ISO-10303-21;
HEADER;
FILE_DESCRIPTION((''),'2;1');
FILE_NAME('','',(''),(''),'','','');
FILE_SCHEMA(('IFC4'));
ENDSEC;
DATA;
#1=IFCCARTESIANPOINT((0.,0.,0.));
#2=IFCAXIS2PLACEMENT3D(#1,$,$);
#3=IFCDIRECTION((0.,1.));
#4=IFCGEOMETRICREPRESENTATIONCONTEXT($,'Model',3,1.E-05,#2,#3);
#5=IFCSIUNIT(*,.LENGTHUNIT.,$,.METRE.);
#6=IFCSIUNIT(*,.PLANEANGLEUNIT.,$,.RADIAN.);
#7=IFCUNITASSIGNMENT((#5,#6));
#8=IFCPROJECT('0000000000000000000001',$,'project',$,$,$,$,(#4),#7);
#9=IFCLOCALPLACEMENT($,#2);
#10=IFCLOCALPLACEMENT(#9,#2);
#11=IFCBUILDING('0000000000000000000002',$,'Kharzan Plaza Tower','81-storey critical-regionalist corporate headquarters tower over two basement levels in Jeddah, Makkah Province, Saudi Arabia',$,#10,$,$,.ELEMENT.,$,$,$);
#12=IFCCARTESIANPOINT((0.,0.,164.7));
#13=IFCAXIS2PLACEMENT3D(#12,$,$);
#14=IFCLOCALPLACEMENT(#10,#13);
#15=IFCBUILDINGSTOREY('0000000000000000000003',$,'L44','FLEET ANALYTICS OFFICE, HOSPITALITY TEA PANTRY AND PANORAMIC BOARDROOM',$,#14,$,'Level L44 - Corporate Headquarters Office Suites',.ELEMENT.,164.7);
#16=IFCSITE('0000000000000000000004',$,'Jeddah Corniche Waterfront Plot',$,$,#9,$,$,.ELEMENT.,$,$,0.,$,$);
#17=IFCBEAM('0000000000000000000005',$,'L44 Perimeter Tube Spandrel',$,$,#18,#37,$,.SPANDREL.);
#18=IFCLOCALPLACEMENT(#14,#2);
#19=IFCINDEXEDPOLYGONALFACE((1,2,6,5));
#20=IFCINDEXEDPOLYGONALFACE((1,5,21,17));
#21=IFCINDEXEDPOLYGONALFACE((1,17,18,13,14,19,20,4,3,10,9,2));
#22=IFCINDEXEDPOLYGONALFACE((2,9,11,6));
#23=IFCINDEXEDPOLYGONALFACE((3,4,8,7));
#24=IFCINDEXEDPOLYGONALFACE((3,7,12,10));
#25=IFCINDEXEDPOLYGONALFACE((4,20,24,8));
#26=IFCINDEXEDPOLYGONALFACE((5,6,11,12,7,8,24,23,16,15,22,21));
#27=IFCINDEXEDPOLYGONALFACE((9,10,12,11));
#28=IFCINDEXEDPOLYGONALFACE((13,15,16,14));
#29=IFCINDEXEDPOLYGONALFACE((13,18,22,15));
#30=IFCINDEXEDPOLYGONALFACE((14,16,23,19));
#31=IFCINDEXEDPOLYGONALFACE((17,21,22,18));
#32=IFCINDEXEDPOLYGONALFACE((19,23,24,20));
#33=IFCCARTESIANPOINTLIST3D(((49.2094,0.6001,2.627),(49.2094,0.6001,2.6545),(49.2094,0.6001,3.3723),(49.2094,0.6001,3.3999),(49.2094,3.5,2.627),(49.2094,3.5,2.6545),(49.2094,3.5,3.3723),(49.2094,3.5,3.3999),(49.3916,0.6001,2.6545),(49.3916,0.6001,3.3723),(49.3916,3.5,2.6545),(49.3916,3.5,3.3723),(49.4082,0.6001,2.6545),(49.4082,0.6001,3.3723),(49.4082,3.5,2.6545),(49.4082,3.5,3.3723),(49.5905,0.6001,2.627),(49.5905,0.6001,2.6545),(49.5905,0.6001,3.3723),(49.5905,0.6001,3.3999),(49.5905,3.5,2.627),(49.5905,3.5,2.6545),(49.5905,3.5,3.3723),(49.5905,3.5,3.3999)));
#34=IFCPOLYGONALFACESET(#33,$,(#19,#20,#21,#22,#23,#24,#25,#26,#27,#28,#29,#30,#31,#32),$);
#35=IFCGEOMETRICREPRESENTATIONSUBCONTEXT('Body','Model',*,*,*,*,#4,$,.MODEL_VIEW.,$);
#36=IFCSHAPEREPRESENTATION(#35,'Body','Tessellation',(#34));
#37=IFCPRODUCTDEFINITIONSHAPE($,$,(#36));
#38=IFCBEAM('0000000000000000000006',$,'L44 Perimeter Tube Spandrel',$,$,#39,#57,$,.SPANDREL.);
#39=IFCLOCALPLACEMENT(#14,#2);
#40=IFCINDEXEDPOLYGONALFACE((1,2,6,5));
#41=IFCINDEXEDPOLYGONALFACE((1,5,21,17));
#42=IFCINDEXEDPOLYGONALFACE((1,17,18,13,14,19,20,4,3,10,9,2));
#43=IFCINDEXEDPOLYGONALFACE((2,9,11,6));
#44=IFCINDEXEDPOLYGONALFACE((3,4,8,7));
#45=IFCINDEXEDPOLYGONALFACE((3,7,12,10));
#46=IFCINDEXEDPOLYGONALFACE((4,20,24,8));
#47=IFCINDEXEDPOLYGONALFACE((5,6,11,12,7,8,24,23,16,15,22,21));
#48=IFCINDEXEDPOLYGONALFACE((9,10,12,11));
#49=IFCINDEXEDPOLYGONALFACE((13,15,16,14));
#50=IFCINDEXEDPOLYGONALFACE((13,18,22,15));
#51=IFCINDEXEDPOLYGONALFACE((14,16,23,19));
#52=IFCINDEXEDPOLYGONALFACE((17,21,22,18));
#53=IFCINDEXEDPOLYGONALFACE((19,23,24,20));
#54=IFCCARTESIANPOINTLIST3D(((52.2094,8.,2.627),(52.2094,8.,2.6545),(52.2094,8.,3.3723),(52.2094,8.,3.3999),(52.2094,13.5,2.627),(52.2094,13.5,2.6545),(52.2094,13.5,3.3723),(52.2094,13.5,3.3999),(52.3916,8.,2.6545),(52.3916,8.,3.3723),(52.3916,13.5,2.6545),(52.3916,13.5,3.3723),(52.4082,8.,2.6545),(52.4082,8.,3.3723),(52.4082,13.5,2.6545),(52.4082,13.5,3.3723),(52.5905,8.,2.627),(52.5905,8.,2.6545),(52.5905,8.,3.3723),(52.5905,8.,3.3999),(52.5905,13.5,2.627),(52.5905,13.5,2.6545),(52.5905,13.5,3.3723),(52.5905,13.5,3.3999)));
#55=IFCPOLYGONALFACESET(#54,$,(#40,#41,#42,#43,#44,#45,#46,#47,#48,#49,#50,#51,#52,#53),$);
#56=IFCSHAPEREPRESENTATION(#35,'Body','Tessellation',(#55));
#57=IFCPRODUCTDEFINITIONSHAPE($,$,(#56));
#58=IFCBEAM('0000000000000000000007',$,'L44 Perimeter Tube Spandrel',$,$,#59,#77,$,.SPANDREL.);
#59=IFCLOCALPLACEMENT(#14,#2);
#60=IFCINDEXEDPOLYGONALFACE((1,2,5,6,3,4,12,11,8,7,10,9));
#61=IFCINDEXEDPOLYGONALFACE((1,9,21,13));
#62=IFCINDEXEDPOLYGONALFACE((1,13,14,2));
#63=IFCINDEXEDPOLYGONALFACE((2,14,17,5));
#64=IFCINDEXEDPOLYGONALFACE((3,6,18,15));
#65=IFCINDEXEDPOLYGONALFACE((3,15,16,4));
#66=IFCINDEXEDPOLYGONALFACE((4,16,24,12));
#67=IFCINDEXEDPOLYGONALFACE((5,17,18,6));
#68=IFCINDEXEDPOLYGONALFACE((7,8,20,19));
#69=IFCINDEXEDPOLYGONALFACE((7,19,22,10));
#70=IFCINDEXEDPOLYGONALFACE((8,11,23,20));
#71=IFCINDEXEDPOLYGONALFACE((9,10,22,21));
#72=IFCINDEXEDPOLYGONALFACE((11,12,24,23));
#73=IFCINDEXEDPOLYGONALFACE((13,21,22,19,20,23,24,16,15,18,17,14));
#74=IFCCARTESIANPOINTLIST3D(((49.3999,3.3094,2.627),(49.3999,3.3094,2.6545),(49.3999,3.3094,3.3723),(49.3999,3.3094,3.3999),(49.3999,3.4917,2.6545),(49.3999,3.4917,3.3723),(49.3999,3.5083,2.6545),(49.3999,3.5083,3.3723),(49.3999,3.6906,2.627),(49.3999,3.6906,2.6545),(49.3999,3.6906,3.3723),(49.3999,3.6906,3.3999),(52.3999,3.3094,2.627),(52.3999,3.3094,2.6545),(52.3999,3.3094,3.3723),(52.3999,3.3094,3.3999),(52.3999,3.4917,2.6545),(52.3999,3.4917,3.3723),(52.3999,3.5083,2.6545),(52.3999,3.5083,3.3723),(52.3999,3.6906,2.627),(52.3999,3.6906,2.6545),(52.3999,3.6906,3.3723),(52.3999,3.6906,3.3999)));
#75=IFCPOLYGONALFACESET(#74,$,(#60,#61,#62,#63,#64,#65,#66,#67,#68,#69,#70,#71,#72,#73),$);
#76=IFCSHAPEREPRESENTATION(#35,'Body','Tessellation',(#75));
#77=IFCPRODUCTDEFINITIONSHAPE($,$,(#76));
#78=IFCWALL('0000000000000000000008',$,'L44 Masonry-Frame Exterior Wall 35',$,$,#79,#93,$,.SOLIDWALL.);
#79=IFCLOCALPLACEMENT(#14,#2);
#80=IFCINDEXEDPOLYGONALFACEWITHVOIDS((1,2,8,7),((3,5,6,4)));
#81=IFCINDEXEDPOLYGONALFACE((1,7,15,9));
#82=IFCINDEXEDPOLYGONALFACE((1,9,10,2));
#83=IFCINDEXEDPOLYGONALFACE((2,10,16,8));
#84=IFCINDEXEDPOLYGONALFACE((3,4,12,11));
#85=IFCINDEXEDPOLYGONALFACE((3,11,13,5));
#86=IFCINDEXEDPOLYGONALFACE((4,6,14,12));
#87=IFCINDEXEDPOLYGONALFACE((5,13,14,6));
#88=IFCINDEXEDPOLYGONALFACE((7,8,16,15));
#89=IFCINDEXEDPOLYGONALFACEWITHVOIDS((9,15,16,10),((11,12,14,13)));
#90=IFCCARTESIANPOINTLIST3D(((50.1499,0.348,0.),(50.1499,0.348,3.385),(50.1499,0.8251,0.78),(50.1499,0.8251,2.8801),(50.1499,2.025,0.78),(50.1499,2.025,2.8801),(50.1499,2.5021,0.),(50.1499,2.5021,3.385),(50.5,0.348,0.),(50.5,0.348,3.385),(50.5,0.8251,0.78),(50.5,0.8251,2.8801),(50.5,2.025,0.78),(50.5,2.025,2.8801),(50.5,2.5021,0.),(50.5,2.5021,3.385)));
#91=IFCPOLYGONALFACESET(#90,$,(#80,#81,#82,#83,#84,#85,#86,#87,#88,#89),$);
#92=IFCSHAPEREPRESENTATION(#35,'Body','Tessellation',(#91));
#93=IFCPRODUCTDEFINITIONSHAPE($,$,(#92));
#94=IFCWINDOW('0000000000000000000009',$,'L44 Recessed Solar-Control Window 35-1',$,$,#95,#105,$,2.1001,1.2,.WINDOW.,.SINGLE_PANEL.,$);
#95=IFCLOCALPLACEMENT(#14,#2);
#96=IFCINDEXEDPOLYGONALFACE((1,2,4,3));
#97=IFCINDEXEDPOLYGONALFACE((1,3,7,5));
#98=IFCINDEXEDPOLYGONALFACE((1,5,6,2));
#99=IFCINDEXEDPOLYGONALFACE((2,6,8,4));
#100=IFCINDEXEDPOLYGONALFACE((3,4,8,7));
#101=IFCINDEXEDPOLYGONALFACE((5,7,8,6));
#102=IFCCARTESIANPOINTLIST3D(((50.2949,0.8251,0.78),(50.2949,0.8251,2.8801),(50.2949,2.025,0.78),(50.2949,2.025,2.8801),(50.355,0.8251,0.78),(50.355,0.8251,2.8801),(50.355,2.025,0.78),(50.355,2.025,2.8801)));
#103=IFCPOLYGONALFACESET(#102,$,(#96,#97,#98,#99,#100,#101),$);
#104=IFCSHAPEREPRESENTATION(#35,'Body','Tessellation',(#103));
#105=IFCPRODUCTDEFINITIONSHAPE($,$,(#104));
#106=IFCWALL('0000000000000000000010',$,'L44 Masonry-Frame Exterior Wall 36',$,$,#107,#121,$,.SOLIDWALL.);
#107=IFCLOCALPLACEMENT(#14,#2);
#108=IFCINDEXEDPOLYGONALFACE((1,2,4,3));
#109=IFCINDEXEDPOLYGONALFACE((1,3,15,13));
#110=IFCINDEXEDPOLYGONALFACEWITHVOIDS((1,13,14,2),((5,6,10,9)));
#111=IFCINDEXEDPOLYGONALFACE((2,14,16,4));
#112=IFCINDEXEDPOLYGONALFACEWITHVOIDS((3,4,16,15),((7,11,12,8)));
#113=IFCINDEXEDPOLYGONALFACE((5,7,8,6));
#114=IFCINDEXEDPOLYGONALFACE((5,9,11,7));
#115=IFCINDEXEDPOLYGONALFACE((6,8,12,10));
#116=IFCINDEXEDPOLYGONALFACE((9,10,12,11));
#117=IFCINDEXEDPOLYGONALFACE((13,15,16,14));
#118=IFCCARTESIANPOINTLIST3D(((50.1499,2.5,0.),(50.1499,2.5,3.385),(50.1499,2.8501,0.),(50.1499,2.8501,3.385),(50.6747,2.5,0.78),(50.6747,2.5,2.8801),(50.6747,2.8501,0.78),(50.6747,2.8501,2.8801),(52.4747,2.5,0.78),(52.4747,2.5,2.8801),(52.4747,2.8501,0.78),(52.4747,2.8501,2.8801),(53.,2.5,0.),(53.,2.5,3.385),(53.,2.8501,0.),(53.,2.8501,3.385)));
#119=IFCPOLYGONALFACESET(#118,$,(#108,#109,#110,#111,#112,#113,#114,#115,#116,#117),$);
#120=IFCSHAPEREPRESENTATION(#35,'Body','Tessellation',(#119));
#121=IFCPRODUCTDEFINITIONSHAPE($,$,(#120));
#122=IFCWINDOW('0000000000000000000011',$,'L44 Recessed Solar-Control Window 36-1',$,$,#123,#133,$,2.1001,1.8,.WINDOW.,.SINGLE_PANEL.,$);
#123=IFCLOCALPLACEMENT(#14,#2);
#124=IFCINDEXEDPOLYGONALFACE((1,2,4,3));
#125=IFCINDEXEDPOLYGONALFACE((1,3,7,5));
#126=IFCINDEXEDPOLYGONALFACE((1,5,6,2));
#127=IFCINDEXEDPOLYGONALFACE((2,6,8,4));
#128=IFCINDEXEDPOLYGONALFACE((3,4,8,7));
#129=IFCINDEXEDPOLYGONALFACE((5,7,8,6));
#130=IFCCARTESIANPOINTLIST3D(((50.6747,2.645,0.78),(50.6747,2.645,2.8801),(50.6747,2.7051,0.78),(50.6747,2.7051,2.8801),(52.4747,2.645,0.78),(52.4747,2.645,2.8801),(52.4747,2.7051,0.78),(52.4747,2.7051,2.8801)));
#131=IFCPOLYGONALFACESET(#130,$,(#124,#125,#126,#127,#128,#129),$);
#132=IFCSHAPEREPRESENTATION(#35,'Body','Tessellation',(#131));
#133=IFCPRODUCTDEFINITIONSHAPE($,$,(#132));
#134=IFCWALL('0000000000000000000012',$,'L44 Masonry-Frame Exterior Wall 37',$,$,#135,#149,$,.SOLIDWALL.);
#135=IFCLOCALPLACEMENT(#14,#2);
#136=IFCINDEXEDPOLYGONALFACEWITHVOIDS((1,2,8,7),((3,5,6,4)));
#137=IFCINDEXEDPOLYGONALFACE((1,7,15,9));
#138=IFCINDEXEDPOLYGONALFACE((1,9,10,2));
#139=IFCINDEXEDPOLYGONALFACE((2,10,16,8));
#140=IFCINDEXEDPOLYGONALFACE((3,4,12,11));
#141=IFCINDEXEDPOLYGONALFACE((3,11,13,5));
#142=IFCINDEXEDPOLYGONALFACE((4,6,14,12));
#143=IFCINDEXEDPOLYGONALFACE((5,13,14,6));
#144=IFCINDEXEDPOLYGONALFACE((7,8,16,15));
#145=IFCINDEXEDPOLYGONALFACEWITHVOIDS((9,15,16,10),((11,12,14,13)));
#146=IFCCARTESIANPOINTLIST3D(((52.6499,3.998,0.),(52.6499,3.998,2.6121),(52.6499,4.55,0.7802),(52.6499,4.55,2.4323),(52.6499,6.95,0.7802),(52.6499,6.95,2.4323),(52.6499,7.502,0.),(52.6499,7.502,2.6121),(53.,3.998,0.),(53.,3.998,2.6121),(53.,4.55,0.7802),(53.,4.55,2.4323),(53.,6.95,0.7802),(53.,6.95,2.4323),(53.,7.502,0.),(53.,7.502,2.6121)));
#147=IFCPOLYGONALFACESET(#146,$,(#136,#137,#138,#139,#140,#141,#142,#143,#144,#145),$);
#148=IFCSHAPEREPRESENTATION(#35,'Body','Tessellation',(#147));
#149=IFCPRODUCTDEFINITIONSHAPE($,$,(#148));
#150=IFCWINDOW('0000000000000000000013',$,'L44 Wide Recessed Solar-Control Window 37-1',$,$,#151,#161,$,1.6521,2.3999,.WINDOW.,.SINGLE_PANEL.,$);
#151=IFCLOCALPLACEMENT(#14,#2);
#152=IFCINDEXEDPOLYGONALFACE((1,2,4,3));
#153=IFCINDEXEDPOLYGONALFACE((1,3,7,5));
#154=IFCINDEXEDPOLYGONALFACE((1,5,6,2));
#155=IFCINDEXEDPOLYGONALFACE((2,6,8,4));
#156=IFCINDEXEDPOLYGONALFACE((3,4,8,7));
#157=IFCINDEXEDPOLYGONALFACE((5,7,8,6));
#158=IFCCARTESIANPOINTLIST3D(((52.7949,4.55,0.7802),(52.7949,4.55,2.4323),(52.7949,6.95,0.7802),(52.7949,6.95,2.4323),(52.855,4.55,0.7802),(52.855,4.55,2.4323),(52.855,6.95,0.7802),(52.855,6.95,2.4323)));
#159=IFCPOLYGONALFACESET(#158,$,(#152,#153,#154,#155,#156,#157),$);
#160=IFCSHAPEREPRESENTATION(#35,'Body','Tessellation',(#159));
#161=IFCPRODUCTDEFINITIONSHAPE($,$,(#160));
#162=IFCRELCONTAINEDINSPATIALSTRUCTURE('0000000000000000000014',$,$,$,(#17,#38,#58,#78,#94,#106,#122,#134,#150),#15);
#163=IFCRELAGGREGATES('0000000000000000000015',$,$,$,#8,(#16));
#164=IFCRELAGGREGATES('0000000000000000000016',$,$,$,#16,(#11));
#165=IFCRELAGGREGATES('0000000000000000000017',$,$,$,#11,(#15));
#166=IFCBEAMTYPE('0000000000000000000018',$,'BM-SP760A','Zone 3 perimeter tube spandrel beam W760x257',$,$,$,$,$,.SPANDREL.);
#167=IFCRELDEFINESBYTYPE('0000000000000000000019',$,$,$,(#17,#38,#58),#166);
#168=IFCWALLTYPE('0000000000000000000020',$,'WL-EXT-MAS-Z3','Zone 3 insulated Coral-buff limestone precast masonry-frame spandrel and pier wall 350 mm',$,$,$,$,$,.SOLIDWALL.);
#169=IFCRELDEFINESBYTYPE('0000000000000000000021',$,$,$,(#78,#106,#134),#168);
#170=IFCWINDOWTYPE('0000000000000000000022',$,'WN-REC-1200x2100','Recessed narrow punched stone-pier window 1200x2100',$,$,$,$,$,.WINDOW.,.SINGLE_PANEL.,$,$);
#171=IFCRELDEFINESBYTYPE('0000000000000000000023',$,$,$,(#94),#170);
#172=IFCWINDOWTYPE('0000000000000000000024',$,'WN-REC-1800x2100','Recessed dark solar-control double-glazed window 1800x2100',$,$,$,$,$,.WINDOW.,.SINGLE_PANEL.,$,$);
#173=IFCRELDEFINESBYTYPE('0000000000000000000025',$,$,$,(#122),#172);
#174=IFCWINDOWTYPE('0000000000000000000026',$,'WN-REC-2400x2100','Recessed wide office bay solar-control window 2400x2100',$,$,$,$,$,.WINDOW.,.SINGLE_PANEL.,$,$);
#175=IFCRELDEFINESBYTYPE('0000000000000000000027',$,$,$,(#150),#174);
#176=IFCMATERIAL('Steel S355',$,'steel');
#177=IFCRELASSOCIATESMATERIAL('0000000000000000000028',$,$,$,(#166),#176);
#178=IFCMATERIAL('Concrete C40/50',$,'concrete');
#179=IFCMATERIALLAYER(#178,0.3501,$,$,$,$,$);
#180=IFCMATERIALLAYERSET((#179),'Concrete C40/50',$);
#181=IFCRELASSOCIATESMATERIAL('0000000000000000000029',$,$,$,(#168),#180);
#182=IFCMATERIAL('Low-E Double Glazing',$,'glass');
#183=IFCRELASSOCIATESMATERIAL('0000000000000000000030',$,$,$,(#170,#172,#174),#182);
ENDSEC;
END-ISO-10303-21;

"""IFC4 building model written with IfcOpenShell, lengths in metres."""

from ifc_helpers import new_model, si_unit, direction, frame, frame_2d, origin, origin_2d, place, context, subcontext, project, spatial, rectangle, i_section, extrude, source, transform, mapped, material, layer, layer_set, material_profile, profile_set, type_object, element, fill, save


model = new_model("IFC4")

# Units and contexts
model_context = context("Model", 3, precision=1e-05, world=origin(), true_north=direction((0.0, 1.0)))
body_context = subcontext(model_context, "Body", "Model", "MODEL_VIEW")
ifc_project = project(units=[si_unit("LENGTHUNIT", "METRE"), si_unit("PLANEANGLEUNIT", "RADIAN")], contexts=[model_context])

# Site, building, storey
site_placement = place(None, origin())
site = spatial("IfcSite", under=ifc_project, at=site_placement, Name="Jeddah Corniche Waterfront Plot", CompositionType="ELEMENT", RefElevation=0.0)
building_placement = place(site_placement, origin())
building = spatial("IfcBuilding", under=site, at=building_placement, Name="Kharzan Plaza Tower", Description="81-storey critical-regionalist corporate headquarters tower over two basement levels in Jeddah, Makkah Province, Saudi Arabia", CompositionType="ELEMENT")
storey_placement = place(building_placement, frame((0.0, 0.0, 164.7)))
storey = spatial("IfcBuildingStorey", under=building, at=storey_placement, Name="L44", Description="FLEET ANALYTICS OFFICE, HOSPITALITY TEA PANTRY AND PANORAMIC BOARDROOM", LongName="Level L44 - Corporate Headquarters Office Suites", CompositionType="ELEMENT", Elevation=164.7)

# Beams
ifc_material_1 = material(Name="Steel S355", Category="steel")
ifc_material_profile_1 = material_profile(ifc_material_1, i_section(OverallWidth=0.3811, OverallDepth=0.7729, WebThickness=0.0166, FlangeThickness=0.0276, at=origin_2d()), Name="W760x257")
ifc_profile_set_1 = profile_set([ifc_material_profile_1], Name="Steel S355")
beam_type_1 = type_object("IfcBeamType", Name="BM-SP760A", Description="Zone 3 perimeter tube spandrel beam W760x257", PredefinedType="SPANDREL", material=ifc_profile_set_1)
shared_shape_1 = source(origin(), body_context, "Body", "SweptSolid", [
    extrude(i_section(OverallWidth=0.3811, OverallDepth=0.7729, WebThickness=0.0166, FlangeThickness=0.0276, at=origin_2d()), origin(), (0.0, 0.0, 1.0), 2.8999),
])
beam_1_placement = place(storey_placement, frame((49.3999, 0.6001, 3.0134), z_axis=(0.0, 1.0, 0.0), x_axis=(-1.0, 0.0, 0.0)))
element("IfcBeam", 1, at=beam_1_placement, inside=storey, type_object=beam_type_1, Name="L44 Perimeter Tube Spandrel", PredefinedType="SPANDREL", context=body_context, shape_type="MappedRepresentation", body=[
    mapped(shared_shape_1, transform((0.0, 0.0, 0.0), x_axis=(1.0, 0.0, 0.0), y_axis=(0.0, 1.0, 0.0), z_axis=(0.0, 0.0, 1.0))),
])
shared_shape_2 = source(origin(), body_context, "Body", "SweptSolid", [
    extrude(i_section(OverallWidth=0.3811, OverallDepth=0.7729, WebThickness=0.0166, FlangeThickness=0.0276, at=origin_2d()), origin(), (0.0, 0.0, 1.0), 5.5),
])
beam_2_placement = place(storey_placement, frame((52.3999, 8.0, 3.0134), z_axis=(0.0, 1.0, 0.0), x_axis=(-1.0, 0.0, 0.0)))
element("IfcBeam", 2, at=beam_2_placement, inside=storey, type_object=beam_type_1, Name="L44 Perimeter Tube Spandrel", PredefinedType="SPANDREL", context=body_context, shape_type="MappedRepresentation", body=[
    mapped(shared_shape_2, transform((0.0, 0.0, 0.0), x_axis=(1.0, 0.0, 0.0), y_axis=(0.0, 1.0, 0.0), z_axis=(0.0, 0.0, 1.0))),
])
shared_shape_3 = source(origin(), body_context, "Body", "SweptSolid", [
    extrude(i_section(OverallWidth=0.3811, OverallDepth=0.7729, WebThickness=0.0166, FlangeThickness=0.0276, at=origin_2d()), origin(), (0.0, 0.0, 1.0), 3.0),
])
beam_3_placement = place(storey_placement, frame((49.3999, 3.5, 3.0134), z_axis=(1.0, 0.0, 0.0), x_axis=(0.0, 1.0, 0.0)))
element("IfcBeam", 3, at=beam_3_placement, inside=storey, type_object=beam_type_1, Name="L44 Perimeter Tube Spandrel", PredefinedType="SPANDREL", context=body_context, shape_type="MappedRepresentation", body=[
    mapped(shared_shape_3, transform((0.0, 0.0, 0.0), x_axis=(1.0, 0.0, 0.0), y_axis=(0.0, 1.0, 0.0), z_axis=(0.0, 0.0, 1.0))),
])

# Walls, openings, windows
ifc_material_2 = material(Name="Concrete C40/50", Category="concrete")
ifc_layer_1 = layer(ifc_material_2, 0.3501)
ifc_layer_set_1 = layer_set([ifc_layer_1], Name="Concrete C40/50")
wall_type_1 = type_object("IfcWallType", Name="WL-EXT-MAS-Z3", Description="Zone 3 insulated Coral-buff limestone precast masonry-frame spandrel and pier wall 350 mm", PredefinedType="SOLIDWALL", material=ifc_layer_set_1)
wall_1_placement = place(storey_placement, frame((50.325, 0.3479, 0.0), z_axis=(0.0, 0.0, 1.0), x_axis=(0.0, 1.0, 0.0)))
wall_1 = element("IfcWall", 4, at=wall_1_placement, inside=storey, type_object=wall_type_1, Name="L44 Masonry-Frame Exterior Wall 35", PredefinedType="SOLIDWALL", context=body_context, shape_type="SweptSolid", body=[
    extrude(rectangle(XDim=2.1541, YDim=0.3501, at=frame_2d((1.0771, 0.0))), origin(), (0.0, 0.0, 1.0), 3.385),
])
opening_1_placement = place(wall_1_placement, frame((0.4771, 0.0, 0.78)))
opening_1 = element("IfcOpeningElement", 5, at=opening_1_placement, cuts=wall_1, PredefinedType="OPENING", context=body_context, shape_type="SweptSolid", body=[
    extrude(rectangle(XDim=1.2, YDim=2.1001, at=frame_2d((0.6001, 1.05))), frame((0.0, 0.1851, 0.0), z_axis=(0.0, -1.0, 0.0), x_axis=(1.0, 0.0, 0.0)), (0.0, 0.0, 1.0), 0.3701),
])
ifc_material_3 = material(Name="Low-E Double Glazing", Category="glass")
window_type_1 = type_object("IfcWindowType", Name="WN-REC-1200x2100", Description="Recessed narrow punched stone-pier window 1200x2100", PartitioningType="SINGLE_PANEL", PredefinedType="WINDOW", material=ifc_material_3)
shared_shape_4 = source(origin(), body_context, "Body", "SweptSolid", [
    extrude(rectangle(XDim=1.2, YDim=2.1001, at=frame_2d((0.6001, 1.05))), frame((0.0, 0.03, 0.0), z_axis=(0.0, -1.0, 0.0), x_axis=(1.0, 0.0, 0.0)), (0.0, 0.0, 1.0), 0.0601),
])
window_1_placement = place(opening_1_placement, origin())
window_1 = element("IfcWindow", 6, at=window_1_placement, inside=storey, type_object=window_type_1, Name="L44 Recessed Solar-Control Window 35-1", OverallHeight=2.1001, OverallWidth=1.2, PartitioningType="SINGLE_PANEL", PredefinedType="WINDOW", context=body_context, shape_type="MappedRepresentation", body=[
    mapped(shared_shape_4, transform((0.0, 0.0, 0.0), x_axis=(1.0, 0.0, 0.0), y_axis=(0.0, 1.0, 0.0), z_axis=(0.0, 0.0, 1.0))),
])
fill(opening_1, window_1)
wall_2_placement = place(storey_placement, frame((50.1499, 2.675, 0.0), z_axis=(0.0, 0.0, 1.0), x_axis=(1.0, 0.0, 0.0)))
wall_2 = element("IfcWall", 7, at=wall_2_placement, inside=storey, type_object=wall_type_1, Name="L44 Masonry-Frame Exterior Wall 36", PredefinedType="SOLIDWALL", context=body_context, shape_type="SweptSolid", body=[
    extrude(rectangle(XDim=2.8501, YDim=0.3501, at=frame_2d((1.425, 0.0))), origin(), (0.0, 0.0, 1.0), 3.385),
])
opening_2_placement = place(wall_2_placement, frame((0.5249, 0.0, 0.78)))
opening_2 = element("IfcOpeningElement", 8, at=opening_2_placement, cuts=wall_2, PredefinedType="OPENING", context=body_context, shape_type="SweptSolid", body=[
    extrude(rectangle(XDim=1.8, YDim=2.1001, at=frame_2d((0.8999, 1.05))), frame((0.0, 0.1851, 0.0), z_axis=(0.0, -1.0, 0.0), x_axis=(1.0, 0.0, 0.0)), (0.0, 0.0, 1.0), 0.3701),
])
window_type_2 = type_object("IfcWindowType", Name="WN-REC-1800x2100", Description="Recessed dark solar-control double-glazed window 1800x2100", PartitioningType="SINGLE_PANEL", PredefinedType="WINDOW", material=ifc_material_3)
shared_shape_5 = source(origin(), body_context, "Body", "SweptSolid", [
    extrude(rectangle(XDim=1.8, YDim=2.1001, at=frame_2d((0.8999, 1.05))), frame((0.0, 0.03, 0.0), z_axis=(0.0, -1.0, 0.0), x_axis=(1.0, 0.0, 0.0)), (0.0, 0.0, 1.0), 0.0601),
])
window_2_placement = place(opening_2_placement, origin())
window_2 = element("IfcWindow", 9, at=window_2_placement, inside=storey, type_object=window_type_2, Name="L44 Recessed Solar-Control Window 36-1", OverallHeight=2.1001, OverallWidth=1.8, PartitioningType="SINGLE_PANEL", PredefinedType="WINDOW", context=body_context, shape_type="MappedRepresentation", body=[
    mapped(shared_shape_5, transform((0.0, 0.0, 0.0), x_axis=(1.0, 0.0, 0.0), y_axis=(0.0, 1.0, 0.0), z_axis=(0.0, 0.0, 1.0))),
])
fill(opening_2, window_2)
wall_3_placement = place(storey_placement, frame((52.825, 3.998, 0.0), z_axis=(0.0, 0.0, 1.0), x_axis=(0.0, 1.0, 0.0)))
wall_3 = element("IfcWall", 10, at=wall_3_placement, inside=storey, type_object=wall_type_1, Name="L44 Masonry-Frame Exterior Wall 37", PredefinedType="SOLIDWALL", context=body_context, shape_type="SweptSolid", body=[
    extrude(rectangle(XDim=3.5039, YDim=0.3501, at=frame_2d((1.752, 0.0))), origin(), (0.0, 0.0, 1.0), 2.6121),
])
opening_3_placement = place(wall_3_placement, frame((0.552, 0.0, 0.78)))
opening_3 = element("IfcOpeningElement", 11, at=opening_3_placement, cuts=wall_3, PredefinedType="OPENING", context=body_context, shape_type="SweptSolid", body=[
    extrude(rectangle(XDim=2.3999, YDim=1.6521, at=frame_2d((1.2, 0.8262))), frame((0.0, 0.1851, 0.0), z_axis=(0.0, -1.0, 0.0), x_axis=(1.0, 0.0, 0.0)), (0.0, 0.0, 1.0), 0.3701),
])
window_type_3 = type_object("IfcWindowType", Name="WN-REC-2400x2100", Description="Recessed wide office bay solar-control window 2400x2100", PartitioningType="SINGLE_PANEL", PredefinedType="WINDOW", material=ifc_material_3)
shared_shape_6 = source(origin(), body_context, "Body", "SweptSolid", [
    extrude(rectangle(XDim=2.3999, YDim=1.6521, at=frame_2d((1.2, 0.8262))), frame((0.0, 0.03, 0.0), z_axis=(0.0, -1.0, 0.0), x_axis=(1.0, 0.0, 0.0)), (0.0, 0.0, 1.0), 0.0601),
])
window_3_placement = place(opening_3_placement, origin())
window_3 = element("IfcWindow", 12, at=window_3_placement, inside=storey, type_object=window_type_3, Name="L44 Wide Recessed Solar-Control Window 37-1", OverallHeight=1.6521, OverallWidth=2.3999, PartitioningType="SINGLE_PANEL", PredefinedType="WINDOW", context=body_context, shape_type="MappedRepresentation", body=[
    mapped(shared_shape_6, transform((0.0, 0.0, 0.0), x_axis=(1.0, 0.0, 0.0), y_axis=(0.0, 1.0, 0.0), z_axis=(0.0, 0.0, 1.0))),
])
fill(opening_3, window_3)

save(model, "model.ifc")
